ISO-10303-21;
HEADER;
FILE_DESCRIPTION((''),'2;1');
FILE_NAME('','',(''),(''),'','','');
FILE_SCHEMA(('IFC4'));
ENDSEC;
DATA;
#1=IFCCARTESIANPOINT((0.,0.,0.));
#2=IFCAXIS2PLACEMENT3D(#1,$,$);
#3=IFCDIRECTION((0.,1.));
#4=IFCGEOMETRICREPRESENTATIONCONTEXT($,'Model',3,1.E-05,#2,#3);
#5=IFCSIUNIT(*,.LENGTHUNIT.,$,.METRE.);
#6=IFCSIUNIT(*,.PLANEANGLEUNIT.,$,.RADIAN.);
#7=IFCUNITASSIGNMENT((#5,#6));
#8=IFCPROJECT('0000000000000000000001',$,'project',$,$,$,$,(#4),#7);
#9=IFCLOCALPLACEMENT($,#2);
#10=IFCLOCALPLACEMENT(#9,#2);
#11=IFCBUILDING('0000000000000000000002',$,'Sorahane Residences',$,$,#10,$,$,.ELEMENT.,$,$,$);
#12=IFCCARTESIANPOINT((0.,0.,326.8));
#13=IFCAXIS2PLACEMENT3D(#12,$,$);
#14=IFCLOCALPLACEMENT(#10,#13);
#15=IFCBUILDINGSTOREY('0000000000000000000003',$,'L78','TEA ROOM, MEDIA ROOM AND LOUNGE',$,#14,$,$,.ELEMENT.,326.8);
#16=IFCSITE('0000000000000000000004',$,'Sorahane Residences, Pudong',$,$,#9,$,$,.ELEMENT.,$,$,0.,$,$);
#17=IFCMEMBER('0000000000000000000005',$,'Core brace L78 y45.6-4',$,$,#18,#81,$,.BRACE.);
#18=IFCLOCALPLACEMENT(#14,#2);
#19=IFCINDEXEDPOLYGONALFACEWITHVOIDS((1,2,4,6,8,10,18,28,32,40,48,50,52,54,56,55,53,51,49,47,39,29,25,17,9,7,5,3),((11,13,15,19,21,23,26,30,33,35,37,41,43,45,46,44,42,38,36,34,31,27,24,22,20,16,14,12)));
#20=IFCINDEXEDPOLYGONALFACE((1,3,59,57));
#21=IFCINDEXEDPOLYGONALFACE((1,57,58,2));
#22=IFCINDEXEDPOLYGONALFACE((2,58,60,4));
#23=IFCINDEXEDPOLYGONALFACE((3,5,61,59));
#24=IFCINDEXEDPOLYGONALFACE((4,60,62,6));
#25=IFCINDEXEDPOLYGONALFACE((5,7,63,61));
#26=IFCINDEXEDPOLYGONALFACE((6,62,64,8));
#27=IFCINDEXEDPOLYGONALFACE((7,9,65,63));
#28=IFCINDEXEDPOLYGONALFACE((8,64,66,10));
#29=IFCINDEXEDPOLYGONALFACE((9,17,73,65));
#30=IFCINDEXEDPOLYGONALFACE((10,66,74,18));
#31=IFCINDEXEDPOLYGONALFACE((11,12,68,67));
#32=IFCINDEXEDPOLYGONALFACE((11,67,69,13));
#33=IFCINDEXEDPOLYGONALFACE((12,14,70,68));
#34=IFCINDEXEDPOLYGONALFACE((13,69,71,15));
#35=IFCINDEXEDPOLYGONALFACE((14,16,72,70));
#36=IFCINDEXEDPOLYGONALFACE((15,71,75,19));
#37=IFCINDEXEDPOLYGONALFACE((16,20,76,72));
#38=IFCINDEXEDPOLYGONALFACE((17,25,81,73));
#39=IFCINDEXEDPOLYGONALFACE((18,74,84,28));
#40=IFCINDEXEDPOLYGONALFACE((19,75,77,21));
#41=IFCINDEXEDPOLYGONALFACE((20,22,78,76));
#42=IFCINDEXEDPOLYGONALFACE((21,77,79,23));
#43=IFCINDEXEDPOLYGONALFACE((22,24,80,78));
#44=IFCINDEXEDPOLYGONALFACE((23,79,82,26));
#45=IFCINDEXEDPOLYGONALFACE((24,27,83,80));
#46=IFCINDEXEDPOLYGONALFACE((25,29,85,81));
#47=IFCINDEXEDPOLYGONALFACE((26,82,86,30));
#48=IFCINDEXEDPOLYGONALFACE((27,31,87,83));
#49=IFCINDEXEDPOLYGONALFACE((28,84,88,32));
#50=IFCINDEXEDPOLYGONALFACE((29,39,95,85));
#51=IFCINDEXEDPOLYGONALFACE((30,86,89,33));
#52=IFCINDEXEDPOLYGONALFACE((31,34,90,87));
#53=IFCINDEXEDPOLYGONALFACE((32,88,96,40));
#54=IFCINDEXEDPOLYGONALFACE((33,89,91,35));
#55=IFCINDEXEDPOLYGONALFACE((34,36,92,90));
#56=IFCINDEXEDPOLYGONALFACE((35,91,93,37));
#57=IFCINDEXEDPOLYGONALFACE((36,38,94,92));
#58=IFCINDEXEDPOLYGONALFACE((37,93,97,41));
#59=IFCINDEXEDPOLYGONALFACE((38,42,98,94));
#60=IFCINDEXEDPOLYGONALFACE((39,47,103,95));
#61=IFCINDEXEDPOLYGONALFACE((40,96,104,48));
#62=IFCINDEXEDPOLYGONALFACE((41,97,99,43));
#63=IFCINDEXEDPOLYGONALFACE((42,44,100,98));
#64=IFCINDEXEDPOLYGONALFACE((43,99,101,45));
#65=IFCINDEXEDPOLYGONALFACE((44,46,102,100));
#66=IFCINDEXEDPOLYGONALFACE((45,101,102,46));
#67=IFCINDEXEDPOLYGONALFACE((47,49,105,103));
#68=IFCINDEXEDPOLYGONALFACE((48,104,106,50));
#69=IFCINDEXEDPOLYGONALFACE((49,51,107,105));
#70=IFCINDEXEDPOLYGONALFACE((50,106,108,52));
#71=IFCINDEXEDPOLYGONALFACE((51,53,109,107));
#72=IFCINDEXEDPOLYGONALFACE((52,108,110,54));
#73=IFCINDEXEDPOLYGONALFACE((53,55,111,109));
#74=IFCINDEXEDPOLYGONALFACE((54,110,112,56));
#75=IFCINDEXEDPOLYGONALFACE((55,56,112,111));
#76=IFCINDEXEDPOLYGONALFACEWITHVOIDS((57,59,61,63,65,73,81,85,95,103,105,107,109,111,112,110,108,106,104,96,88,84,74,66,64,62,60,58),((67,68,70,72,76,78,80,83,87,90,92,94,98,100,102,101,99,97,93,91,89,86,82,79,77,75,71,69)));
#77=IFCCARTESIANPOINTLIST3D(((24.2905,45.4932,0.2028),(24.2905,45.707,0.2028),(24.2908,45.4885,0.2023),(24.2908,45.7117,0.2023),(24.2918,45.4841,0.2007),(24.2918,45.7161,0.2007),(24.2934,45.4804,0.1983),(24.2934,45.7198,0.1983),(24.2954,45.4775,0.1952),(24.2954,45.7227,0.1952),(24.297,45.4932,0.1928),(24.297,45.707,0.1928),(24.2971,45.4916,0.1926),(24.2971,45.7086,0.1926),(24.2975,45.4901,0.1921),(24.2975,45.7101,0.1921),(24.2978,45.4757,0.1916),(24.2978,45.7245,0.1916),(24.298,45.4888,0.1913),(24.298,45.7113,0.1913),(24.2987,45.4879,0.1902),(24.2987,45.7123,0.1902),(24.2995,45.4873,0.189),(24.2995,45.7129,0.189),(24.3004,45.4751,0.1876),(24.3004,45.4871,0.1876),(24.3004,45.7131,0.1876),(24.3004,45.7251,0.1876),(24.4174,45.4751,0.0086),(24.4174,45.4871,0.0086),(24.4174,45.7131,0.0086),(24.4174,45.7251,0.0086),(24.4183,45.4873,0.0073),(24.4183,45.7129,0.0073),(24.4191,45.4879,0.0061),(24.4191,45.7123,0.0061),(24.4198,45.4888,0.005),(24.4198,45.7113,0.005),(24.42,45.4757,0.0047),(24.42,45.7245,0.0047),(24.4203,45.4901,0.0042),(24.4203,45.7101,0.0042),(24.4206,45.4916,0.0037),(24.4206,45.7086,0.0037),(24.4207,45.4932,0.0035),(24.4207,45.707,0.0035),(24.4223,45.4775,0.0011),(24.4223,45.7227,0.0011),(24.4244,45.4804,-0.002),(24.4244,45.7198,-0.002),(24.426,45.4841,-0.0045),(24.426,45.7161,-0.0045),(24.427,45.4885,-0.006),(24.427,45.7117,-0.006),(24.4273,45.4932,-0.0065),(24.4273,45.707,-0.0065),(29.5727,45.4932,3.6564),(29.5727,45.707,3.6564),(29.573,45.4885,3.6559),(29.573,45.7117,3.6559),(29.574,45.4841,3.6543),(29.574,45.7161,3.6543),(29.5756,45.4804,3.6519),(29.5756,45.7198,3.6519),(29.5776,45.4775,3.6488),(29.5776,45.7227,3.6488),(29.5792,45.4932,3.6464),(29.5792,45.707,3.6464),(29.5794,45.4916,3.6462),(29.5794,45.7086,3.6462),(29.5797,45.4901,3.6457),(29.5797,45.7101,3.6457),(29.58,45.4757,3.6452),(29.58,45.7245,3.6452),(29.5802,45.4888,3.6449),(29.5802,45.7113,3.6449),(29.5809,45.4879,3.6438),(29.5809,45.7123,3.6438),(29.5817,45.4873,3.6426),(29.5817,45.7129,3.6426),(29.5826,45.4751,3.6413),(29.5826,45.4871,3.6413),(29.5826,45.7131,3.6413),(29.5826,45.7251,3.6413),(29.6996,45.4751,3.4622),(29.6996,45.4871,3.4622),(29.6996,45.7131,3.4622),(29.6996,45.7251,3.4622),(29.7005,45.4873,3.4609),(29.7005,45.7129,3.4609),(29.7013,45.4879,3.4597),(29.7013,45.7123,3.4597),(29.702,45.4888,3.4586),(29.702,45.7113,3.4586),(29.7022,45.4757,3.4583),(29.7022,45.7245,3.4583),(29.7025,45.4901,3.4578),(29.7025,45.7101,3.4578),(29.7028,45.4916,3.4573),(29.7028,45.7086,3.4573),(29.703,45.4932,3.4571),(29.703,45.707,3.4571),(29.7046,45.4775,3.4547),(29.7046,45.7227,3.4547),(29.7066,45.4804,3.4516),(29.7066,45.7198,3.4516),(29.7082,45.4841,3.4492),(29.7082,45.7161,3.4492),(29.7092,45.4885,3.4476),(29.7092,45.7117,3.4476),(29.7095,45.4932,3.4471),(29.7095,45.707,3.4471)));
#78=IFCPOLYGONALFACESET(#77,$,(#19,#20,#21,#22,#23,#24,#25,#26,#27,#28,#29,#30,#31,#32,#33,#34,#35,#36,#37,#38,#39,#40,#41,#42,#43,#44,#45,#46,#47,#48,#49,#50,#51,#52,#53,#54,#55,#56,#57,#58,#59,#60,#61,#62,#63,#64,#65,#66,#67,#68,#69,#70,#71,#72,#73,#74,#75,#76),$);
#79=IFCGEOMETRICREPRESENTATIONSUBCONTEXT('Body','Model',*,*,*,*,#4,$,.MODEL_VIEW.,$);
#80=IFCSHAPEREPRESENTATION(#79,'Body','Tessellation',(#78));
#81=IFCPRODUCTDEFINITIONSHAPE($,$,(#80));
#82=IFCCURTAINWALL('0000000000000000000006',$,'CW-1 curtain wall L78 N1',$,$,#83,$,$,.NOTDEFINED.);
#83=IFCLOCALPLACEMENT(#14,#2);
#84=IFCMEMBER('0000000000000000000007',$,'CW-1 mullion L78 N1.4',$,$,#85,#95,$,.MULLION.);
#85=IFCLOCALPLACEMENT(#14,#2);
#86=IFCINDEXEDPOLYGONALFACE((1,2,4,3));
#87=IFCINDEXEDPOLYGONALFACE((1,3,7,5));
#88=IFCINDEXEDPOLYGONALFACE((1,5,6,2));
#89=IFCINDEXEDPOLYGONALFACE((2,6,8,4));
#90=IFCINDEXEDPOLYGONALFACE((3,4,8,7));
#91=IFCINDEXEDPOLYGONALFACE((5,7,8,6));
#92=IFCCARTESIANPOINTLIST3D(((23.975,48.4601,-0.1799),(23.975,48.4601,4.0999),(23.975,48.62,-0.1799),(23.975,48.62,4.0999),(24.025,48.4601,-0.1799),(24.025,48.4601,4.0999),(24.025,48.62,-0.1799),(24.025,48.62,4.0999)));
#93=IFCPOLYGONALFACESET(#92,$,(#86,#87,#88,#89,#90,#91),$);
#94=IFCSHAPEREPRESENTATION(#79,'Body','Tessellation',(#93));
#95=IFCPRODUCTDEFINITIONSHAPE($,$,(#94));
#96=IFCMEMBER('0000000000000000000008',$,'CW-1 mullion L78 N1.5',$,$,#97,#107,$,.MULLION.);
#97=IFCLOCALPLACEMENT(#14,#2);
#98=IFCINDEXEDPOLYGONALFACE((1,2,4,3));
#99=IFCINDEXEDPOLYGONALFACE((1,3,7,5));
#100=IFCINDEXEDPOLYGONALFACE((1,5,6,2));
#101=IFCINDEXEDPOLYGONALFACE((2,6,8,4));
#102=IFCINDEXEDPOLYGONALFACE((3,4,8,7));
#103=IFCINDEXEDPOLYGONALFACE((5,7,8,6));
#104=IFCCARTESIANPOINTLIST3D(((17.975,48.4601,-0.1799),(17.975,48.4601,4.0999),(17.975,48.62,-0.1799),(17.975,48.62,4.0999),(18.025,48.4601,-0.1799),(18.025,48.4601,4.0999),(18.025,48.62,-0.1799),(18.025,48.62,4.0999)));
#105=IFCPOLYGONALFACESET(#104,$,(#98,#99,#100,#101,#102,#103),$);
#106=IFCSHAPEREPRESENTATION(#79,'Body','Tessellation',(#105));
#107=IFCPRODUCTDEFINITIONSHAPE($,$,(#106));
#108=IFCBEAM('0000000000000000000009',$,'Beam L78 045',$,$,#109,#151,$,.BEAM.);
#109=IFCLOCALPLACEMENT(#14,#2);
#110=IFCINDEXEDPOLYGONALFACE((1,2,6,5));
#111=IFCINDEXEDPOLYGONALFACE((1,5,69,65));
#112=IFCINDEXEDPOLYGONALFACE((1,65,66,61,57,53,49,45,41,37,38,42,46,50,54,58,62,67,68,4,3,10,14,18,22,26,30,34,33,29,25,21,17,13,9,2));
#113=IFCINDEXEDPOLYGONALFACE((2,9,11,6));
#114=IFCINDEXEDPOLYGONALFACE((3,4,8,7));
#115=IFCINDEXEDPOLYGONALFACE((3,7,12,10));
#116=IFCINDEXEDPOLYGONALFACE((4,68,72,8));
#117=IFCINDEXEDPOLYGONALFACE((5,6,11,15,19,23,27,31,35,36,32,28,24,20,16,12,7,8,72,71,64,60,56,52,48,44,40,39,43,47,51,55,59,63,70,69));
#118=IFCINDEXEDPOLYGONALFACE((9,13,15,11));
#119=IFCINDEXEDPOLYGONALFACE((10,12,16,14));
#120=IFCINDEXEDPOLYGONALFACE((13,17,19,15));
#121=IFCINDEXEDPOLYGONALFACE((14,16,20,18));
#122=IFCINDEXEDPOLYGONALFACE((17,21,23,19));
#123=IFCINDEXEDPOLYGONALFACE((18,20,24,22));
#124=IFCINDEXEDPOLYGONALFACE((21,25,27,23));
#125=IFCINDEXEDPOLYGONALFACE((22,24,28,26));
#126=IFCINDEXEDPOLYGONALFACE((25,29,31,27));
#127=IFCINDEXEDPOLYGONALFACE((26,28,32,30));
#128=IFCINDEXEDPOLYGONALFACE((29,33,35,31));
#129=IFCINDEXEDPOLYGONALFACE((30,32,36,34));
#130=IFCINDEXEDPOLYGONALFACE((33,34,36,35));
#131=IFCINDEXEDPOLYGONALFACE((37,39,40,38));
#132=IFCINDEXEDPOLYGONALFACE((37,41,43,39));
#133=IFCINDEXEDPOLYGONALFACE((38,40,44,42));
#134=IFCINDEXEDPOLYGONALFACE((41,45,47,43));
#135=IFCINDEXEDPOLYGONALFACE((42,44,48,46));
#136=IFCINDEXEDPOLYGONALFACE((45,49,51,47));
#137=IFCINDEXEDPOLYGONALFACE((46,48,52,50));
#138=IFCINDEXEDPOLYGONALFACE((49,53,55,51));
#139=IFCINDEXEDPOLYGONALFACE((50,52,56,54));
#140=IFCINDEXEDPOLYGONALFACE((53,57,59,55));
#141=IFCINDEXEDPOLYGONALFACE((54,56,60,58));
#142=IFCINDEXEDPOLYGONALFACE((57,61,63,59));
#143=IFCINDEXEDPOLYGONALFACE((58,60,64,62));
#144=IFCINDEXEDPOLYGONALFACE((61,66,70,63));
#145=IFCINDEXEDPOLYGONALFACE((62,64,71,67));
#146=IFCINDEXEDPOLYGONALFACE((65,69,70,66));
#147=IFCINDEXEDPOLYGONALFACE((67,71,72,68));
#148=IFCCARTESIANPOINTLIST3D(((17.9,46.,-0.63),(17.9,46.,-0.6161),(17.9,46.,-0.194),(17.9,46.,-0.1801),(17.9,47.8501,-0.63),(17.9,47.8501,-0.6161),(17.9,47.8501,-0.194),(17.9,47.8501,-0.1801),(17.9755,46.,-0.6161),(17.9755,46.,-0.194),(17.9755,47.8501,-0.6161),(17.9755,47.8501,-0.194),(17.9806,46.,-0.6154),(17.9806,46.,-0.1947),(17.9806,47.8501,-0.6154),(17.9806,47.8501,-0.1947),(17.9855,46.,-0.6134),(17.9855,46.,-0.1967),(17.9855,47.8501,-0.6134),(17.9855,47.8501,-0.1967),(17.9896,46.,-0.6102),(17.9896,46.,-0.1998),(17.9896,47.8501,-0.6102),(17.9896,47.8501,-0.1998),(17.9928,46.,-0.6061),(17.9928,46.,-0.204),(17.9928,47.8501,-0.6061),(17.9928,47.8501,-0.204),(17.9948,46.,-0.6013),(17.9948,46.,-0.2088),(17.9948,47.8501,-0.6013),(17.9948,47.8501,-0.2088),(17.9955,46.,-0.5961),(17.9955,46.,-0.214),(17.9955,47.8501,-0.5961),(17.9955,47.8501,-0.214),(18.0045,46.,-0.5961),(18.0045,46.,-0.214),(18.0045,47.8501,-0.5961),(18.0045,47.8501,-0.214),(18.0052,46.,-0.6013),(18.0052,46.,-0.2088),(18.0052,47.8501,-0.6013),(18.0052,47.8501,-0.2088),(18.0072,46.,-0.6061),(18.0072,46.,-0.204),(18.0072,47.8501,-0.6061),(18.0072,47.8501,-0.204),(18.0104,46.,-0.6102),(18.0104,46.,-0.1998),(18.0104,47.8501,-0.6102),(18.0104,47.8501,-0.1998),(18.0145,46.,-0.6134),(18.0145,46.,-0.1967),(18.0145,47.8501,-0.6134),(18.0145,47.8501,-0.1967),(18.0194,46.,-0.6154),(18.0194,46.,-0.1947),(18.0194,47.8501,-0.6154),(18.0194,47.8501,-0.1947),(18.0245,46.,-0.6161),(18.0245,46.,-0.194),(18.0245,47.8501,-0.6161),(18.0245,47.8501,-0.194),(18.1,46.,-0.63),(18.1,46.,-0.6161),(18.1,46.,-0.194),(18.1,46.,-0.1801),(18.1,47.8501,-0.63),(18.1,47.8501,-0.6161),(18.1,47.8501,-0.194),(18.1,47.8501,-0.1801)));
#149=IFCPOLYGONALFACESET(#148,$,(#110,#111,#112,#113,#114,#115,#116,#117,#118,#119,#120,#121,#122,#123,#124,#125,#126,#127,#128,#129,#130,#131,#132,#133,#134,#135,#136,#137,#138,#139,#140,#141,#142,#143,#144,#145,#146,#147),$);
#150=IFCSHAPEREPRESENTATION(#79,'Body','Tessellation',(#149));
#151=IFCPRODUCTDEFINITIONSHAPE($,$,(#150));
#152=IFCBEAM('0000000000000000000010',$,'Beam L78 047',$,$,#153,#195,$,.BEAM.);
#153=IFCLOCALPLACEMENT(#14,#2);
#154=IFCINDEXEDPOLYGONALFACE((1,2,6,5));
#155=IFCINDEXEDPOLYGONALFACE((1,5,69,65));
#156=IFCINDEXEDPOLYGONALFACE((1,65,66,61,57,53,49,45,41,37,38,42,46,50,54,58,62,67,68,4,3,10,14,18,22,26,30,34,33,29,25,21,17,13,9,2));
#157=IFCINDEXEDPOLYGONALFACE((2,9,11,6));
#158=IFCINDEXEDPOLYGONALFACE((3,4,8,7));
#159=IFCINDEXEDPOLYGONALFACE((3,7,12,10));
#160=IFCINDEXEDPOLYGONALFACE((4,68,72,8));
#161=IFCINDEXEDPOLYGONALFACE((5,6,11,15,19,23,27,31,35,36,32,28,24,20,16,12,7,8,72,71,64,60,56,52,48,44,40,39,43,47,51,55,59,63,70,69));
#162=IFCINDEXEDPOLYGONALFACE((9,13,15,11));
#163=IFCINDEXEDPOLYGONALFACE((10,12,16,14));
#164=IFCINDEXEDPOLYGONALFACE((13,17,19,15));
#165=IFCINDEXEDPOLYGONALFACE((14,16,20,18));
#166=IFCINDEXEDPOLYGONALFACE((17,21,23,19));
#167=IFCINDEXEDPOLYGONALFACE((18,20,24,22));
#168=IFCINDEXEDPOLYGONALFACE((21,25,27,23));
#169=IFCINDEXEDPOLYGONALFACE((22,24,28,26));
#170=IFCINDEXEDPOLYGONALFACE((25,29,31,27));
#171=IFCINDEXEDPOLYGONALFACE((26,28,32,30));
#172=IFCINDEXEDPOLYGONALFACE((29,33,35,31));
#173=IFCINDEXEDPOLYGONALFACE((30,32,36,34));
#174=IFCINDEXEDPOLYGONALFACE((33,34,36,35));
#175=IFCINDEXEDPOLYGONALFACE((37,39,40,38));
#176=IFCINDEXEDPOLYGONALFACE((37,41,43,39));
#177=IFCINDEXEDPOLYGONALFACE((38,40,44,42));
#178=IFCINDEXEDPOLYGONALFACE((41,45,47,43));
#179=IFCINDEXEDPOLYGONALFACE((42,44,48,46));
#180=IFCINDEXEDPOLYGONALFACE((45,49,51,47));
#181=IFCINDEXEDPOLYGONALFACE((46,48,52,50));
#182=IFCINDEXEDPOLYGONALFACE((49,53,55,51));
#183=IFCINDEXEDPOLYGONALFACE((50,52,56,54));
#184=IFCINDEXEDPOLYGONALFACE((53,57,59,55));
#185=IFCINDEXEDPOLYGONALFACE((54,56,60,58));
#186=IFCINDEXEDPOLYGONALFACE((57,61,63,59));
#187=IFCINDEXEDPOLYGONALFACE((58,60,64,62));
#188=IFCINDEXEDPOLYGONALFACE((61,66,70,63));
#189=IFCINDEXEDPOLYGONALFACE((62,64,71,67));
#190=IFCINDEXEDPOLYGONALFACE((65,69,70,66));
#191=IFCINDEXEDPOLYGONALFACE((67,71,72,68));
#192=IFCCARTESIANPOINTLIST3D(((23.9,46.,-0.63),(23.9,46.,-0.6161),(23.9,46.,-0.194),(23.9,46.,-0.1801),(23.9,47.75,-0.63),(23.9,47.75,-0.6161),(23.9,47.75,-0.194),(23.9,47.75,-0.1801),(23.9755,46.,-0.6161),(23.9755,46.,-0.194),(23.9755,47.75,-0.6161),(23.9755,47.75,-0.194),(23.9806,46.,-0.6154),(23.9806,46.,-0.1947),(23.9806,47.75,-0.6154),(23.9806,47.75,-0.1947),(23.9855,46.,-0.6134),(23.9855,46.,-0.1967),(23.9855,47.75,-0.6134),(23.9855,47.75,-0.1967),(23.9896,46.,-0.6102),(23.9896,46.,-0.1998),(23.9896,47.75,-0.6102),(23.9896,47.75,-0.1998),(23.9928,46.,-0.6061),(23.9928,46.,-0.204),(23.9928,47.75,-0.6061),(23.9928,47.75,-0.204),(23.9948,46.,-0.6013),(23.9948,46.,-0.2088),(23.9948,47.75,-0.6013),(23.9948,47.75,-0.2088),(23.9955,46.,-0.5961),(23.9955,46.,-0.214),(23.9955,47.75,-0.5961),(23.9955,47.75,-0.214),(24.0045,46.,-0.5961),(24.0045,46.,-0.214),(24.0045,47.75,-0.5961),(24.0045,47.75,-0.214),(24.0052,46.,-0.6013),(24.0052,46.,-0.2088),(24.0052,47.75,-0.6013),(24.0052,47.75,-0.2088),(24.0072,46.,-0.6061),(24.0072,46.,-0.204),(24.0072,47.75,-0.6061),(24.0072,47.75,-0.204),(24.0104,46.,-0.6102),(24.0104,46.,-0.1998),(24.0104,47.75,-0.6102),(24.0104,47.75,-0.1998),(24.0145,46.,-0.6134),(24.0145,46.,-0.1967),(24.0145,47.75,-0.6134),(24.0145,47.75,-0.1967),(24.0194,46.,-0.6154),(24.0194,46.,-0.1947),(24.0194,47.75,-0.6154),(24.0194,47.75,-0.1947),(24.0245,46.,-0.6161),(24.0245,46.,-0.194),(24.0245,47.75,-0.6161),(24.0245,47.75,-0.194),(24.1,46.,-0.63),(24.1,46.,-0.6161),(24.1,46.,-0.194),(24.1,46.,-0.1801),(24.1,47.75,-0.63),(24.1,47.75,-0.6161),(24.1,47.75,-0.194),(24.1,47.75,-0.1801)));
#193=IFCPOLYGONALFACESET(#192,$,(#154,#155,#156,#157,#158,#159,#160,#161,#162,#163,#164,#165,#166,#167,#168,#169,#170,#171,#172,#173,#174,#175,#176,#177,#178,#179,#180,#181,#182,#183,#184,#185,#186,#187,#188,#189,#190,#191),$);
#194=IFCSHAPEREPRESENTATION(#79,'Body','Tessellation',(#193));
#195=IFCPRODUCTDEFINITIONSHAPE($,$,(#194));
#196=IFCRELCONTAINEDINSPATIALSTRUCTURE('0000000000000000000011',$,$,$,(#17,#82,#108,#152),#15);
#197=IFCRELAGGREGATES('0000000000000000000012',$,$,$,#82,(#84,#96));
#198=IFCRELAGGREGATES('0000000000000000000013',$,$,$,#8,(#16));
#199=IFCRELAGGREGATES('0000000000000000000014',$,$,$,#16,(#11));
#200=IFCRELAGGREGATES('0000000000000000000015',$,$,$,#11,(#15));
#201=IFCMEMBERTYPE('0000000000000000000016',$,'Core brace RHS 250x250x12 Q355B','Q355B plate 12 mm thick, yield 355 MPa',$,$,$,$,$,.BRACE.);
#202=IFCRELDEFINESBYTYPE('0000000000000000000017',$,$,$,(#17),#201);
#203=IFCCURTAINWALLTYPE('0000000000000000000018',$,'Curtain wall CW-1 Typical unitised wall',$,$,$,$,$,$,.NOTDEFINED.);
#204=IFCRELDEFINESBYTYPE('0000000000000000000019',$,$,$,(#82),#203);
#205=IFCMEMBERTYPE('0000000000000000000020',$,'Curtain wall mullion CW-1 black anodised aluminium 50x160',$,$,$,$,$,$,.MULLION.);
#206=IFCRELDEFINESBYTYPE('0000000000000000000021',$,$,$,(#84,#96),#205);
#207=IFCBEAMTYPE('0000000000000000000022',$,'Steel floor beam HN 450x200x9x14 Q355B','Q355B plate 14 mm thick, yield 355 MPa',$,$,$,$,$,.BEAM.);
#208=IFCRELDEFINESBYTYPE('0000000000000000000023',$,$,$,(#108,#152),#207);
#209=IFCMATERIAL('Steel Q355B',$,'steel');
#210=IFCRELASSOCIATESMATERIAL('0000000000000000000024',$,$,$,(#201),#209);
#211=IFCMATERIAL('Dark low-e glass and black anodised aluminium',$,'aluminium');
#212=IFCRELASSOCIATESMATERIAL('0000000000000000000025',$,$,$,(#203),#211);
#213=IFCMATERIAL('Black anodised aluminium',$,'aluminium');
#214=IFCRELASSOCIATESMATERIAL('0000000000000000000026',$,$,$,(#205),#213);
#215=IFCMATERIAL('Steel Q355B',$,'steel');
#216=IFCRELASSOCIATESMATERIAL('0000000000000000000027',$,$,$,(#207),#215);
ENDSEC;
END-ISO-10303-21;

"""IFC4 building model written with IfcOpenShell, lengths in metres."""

from ifc_helpers import new_model, si_unit, direction, frame, origin, origin_2d, place, context, subcontext, project, spatial, rectangle, hollow_rectangle, i_section, extrude, material, material_profile, profile_set, type_object, element, aggregate, save


model = new_model("IFC4")

# Units and contexts
model_context = context("Model", 3, precision=1e-05, world=origin(), true_north=direction((0.0, 1.0)))
body_context = subcontext(model_context, "Body", "Model", "MODEL_VIEW")
ifc_project = project(units=[si_unit("LENGTHUNIT", "METRE"), si_unit("PLANEANGLEUNIT", "RADIAN")], contexts=[model_context])

# Site, building, storey
site_placement = place(None, origin())
site = spatial("IfcSite", under=ifc_project, at=site_placement, Name="Sorahane Residences, Pudong", CompositionType="ELEMENT", RefElevation=0.0)
building_placement = place(site_placement, origin())
building = spatial("IfcBuilding", under=site, at=building_placement, Name="Sorahane Residences", CompositionType="ELEMENT")
storey_placement = place(building_placement, frame((0.0, 0.0, 326.8)))
storey = spatial("IfcBuildingStorey", under=building, at=storey_placement, Name="L78", Description="TEA ROOM, MEDIA ROOM AND LOUNGE", CompositionType="ELEMENT", Elevation=326.8)

# Member
ifc_material_1 = material(Name="Steel Q355B", Category="steel")
ifc_material_profile_1 = material_profile(ifc_material_1, hollow_rectangle(XDim=0.25, YDim=0.25, WallThickness=0.012, InnerFilletRadius=0.0061, OuterFilletRadius=0.0181, at=origin_2d()), Name="RHS 250x250x12")
ifc_profile_set_1 = profile_set([ifc_material_profile_1], Name="Steel Q355B")
member_type_1 = type_object("IfcMemberType", Name="Core brace RHS 250x250x12 Q355B", Description="Q355B plate 12 mm thick, yield 355 MPa", PredefinedType="BRACE", material=ifc_profile_set_1)
for number, where, z_axis, x_axis, name in (
    (1, (24.3589, 45.6001, 0.0981), (0.836981, 0.0, 0.547233), (0.0, 1.0, 0.0), "Core brace L78 y45.6-4"),
):
    element("IfcMember", number, at=place(storey_placement, frame(where, z_axis=z_axis, x_axis=x_axis)), inside=storey, type_object=member_type_1, Name=name, PredefinedType="BRACE", context=body_context, shape_type="SweptSolid", body=[
        extrude(hollow_rectangle(XDim=0.25, YDim=0.25, WallThickness=0.012, InnerFilletRadius=0.0061, OuterFilletRadius=0.0181, at=origin_2d()), origin(), (0.0, 0.0, 1.0), 6.311),
    ])

# Curtain wall, members
ifc_material_2 = material(Name="Dark low-e glass and black anodised aluminium", Category="aluminium")
curtain_wall_type = type_object("IfcCurtainWallType", Name="Curtain wall CW-1 Typical unitised wall", PredefinedType="NOTDEFINED", material=ifc_material_2)
curtain_wall_placement = place(storey_placement, origin())
curtain_wall = element("IfcCurtainWall", 2, at=curtain_wall_placement, inside=storey, type_object=curtain_wall_type, Name="CW-1 curtain wall L78 N1", PredefinedType="NOTDEFINED")
ifc_material_3 = material(Name="Black anodised aluminium", Category="aluminium")
ifc_material_profile_2 = material_profile(ifc_material_3, rectangle(XDim=0.1599, YDim=0.05, at=origin_2d()), Name="Curtain wall mullion CW-1 black anodised aluminium 50x160")
ifc_profile_set_2 = profile_set([ifc_material_profile_2], Name="Black anodised aluminium")
member_type_2 = type_object("IfcMemberType", Name="Curtain wall mullion CW-1 black anodised aluminium 50x160", PredefinedType="MULLION", material=ifc_profile_set_2)
member_1_placement = place(storey_placement, frame((24.0, 48.54, -0.1799), z_axis=(0.0, 0.0, 1.0), x_axis=(0.0, 1.0, 0.0)))
member_1 = element("IfcMember", 3, at=member_1_placement, type_object=member_type_2, Name="CW-1 mullion L78 N1.4", PredefinedType="MULLION", context=body_context, shape_type="SweptSolid", body=[
    extrude(rectangle(XDim=0.1599, YDim=0.05, at=origin_2d()), origin(), (0.0, 0.0, 1.0), 4.2798),
])
member_2_placement = place(storey_placement, frame((18.0, 48.54, -0.1799), z_axis=(0.0, 0.0, 1.0), x_axis=(0.0, 1.0, 0.0)))
member_2 = element("IfcMember", 4, at=member_2_placement, type_object=member_type_2, Name="CW-1 mullion L78 N1.5", PredefinedType="MULLION", context=body_context, shape_type="SweptSolid", body=[
    extrude(rectangle(XDim=0.1599, YDim=0.05, at=origin_2d()), origin(), (0.0, 0.0, 1.0), 4.2798),
])

# Beams
ifc_material_4 = material(Name="Steel Q355B", Category="steel")
ifc_material_profile_3 = material_profile(ifc_material_4, i_section(OverallWidth=0.2, OverallDepth=0.45, WebThickness=0.009, FlangeThickness=0.0139, FilletRadius=0.02, at=origin_2d()), Name="HN 450x200x9x14")
ifc_profile_set_3 = profile_set([ifc_material_profile_3], Name="Steel Q355B")
beam_type_1 = type_object("IfcBeamType", Name="Steel floor beam HN 450x200x9x14 Q355B", Description="Q355B plate 14 mm thick, yield 355 MPa", PredefinedType="BEAM", material=ifc_profile_set_3)
beam_1_placement = place(storey_placement, frame((18.0, 46.0, -0.405), z_axis=(0.0, 1.0, 0.0), x_axis=(-1.0, 0.0, 0.0)))
element("IfcBeam", 5, at=beam_1_placement, inside=storey, type_object=beam_type_1, Name="Beam L78 045", PredefinedType="BEAM", context=body_context, shape_type="SweptSolid", body=[
    extrude(i_section(OverallWidth=0.2, OverallDepth=0.45, WebThickness=0.009, FlangeThickness=0.0139, FilletRadius=0.02, at=origin_2d()), origin(), (0.0, 0.0, 1.0), 1.8501),
])
beam_2_placement = place(storey_placement, frame((24.0, 46.0, -0.405), z_axis=(0.0, 1.0, 0.0), x_axis=(-1.0, 0.0, 0.0)))
element("IfcBeam", 6, at=beam_2_placement, inside=storey, type_object=beam_type_1, Name="Beam L78 047", PredefinedType="BEAM", context=body_context, shape_type="SweptSolid", body=[
    extrude(i_section(OverallWidth=0.2, OverallDepth=0.45, WebThickness=0.009, FlangeThickness=0.0139, FilletRadius=0.02, at=origin_2d()), origin(), (0.0, 0.0, 1.0), 1.75),
])

aggregate(curtain_wall, [member_1, member_2])

save(model, "model.ifc")
